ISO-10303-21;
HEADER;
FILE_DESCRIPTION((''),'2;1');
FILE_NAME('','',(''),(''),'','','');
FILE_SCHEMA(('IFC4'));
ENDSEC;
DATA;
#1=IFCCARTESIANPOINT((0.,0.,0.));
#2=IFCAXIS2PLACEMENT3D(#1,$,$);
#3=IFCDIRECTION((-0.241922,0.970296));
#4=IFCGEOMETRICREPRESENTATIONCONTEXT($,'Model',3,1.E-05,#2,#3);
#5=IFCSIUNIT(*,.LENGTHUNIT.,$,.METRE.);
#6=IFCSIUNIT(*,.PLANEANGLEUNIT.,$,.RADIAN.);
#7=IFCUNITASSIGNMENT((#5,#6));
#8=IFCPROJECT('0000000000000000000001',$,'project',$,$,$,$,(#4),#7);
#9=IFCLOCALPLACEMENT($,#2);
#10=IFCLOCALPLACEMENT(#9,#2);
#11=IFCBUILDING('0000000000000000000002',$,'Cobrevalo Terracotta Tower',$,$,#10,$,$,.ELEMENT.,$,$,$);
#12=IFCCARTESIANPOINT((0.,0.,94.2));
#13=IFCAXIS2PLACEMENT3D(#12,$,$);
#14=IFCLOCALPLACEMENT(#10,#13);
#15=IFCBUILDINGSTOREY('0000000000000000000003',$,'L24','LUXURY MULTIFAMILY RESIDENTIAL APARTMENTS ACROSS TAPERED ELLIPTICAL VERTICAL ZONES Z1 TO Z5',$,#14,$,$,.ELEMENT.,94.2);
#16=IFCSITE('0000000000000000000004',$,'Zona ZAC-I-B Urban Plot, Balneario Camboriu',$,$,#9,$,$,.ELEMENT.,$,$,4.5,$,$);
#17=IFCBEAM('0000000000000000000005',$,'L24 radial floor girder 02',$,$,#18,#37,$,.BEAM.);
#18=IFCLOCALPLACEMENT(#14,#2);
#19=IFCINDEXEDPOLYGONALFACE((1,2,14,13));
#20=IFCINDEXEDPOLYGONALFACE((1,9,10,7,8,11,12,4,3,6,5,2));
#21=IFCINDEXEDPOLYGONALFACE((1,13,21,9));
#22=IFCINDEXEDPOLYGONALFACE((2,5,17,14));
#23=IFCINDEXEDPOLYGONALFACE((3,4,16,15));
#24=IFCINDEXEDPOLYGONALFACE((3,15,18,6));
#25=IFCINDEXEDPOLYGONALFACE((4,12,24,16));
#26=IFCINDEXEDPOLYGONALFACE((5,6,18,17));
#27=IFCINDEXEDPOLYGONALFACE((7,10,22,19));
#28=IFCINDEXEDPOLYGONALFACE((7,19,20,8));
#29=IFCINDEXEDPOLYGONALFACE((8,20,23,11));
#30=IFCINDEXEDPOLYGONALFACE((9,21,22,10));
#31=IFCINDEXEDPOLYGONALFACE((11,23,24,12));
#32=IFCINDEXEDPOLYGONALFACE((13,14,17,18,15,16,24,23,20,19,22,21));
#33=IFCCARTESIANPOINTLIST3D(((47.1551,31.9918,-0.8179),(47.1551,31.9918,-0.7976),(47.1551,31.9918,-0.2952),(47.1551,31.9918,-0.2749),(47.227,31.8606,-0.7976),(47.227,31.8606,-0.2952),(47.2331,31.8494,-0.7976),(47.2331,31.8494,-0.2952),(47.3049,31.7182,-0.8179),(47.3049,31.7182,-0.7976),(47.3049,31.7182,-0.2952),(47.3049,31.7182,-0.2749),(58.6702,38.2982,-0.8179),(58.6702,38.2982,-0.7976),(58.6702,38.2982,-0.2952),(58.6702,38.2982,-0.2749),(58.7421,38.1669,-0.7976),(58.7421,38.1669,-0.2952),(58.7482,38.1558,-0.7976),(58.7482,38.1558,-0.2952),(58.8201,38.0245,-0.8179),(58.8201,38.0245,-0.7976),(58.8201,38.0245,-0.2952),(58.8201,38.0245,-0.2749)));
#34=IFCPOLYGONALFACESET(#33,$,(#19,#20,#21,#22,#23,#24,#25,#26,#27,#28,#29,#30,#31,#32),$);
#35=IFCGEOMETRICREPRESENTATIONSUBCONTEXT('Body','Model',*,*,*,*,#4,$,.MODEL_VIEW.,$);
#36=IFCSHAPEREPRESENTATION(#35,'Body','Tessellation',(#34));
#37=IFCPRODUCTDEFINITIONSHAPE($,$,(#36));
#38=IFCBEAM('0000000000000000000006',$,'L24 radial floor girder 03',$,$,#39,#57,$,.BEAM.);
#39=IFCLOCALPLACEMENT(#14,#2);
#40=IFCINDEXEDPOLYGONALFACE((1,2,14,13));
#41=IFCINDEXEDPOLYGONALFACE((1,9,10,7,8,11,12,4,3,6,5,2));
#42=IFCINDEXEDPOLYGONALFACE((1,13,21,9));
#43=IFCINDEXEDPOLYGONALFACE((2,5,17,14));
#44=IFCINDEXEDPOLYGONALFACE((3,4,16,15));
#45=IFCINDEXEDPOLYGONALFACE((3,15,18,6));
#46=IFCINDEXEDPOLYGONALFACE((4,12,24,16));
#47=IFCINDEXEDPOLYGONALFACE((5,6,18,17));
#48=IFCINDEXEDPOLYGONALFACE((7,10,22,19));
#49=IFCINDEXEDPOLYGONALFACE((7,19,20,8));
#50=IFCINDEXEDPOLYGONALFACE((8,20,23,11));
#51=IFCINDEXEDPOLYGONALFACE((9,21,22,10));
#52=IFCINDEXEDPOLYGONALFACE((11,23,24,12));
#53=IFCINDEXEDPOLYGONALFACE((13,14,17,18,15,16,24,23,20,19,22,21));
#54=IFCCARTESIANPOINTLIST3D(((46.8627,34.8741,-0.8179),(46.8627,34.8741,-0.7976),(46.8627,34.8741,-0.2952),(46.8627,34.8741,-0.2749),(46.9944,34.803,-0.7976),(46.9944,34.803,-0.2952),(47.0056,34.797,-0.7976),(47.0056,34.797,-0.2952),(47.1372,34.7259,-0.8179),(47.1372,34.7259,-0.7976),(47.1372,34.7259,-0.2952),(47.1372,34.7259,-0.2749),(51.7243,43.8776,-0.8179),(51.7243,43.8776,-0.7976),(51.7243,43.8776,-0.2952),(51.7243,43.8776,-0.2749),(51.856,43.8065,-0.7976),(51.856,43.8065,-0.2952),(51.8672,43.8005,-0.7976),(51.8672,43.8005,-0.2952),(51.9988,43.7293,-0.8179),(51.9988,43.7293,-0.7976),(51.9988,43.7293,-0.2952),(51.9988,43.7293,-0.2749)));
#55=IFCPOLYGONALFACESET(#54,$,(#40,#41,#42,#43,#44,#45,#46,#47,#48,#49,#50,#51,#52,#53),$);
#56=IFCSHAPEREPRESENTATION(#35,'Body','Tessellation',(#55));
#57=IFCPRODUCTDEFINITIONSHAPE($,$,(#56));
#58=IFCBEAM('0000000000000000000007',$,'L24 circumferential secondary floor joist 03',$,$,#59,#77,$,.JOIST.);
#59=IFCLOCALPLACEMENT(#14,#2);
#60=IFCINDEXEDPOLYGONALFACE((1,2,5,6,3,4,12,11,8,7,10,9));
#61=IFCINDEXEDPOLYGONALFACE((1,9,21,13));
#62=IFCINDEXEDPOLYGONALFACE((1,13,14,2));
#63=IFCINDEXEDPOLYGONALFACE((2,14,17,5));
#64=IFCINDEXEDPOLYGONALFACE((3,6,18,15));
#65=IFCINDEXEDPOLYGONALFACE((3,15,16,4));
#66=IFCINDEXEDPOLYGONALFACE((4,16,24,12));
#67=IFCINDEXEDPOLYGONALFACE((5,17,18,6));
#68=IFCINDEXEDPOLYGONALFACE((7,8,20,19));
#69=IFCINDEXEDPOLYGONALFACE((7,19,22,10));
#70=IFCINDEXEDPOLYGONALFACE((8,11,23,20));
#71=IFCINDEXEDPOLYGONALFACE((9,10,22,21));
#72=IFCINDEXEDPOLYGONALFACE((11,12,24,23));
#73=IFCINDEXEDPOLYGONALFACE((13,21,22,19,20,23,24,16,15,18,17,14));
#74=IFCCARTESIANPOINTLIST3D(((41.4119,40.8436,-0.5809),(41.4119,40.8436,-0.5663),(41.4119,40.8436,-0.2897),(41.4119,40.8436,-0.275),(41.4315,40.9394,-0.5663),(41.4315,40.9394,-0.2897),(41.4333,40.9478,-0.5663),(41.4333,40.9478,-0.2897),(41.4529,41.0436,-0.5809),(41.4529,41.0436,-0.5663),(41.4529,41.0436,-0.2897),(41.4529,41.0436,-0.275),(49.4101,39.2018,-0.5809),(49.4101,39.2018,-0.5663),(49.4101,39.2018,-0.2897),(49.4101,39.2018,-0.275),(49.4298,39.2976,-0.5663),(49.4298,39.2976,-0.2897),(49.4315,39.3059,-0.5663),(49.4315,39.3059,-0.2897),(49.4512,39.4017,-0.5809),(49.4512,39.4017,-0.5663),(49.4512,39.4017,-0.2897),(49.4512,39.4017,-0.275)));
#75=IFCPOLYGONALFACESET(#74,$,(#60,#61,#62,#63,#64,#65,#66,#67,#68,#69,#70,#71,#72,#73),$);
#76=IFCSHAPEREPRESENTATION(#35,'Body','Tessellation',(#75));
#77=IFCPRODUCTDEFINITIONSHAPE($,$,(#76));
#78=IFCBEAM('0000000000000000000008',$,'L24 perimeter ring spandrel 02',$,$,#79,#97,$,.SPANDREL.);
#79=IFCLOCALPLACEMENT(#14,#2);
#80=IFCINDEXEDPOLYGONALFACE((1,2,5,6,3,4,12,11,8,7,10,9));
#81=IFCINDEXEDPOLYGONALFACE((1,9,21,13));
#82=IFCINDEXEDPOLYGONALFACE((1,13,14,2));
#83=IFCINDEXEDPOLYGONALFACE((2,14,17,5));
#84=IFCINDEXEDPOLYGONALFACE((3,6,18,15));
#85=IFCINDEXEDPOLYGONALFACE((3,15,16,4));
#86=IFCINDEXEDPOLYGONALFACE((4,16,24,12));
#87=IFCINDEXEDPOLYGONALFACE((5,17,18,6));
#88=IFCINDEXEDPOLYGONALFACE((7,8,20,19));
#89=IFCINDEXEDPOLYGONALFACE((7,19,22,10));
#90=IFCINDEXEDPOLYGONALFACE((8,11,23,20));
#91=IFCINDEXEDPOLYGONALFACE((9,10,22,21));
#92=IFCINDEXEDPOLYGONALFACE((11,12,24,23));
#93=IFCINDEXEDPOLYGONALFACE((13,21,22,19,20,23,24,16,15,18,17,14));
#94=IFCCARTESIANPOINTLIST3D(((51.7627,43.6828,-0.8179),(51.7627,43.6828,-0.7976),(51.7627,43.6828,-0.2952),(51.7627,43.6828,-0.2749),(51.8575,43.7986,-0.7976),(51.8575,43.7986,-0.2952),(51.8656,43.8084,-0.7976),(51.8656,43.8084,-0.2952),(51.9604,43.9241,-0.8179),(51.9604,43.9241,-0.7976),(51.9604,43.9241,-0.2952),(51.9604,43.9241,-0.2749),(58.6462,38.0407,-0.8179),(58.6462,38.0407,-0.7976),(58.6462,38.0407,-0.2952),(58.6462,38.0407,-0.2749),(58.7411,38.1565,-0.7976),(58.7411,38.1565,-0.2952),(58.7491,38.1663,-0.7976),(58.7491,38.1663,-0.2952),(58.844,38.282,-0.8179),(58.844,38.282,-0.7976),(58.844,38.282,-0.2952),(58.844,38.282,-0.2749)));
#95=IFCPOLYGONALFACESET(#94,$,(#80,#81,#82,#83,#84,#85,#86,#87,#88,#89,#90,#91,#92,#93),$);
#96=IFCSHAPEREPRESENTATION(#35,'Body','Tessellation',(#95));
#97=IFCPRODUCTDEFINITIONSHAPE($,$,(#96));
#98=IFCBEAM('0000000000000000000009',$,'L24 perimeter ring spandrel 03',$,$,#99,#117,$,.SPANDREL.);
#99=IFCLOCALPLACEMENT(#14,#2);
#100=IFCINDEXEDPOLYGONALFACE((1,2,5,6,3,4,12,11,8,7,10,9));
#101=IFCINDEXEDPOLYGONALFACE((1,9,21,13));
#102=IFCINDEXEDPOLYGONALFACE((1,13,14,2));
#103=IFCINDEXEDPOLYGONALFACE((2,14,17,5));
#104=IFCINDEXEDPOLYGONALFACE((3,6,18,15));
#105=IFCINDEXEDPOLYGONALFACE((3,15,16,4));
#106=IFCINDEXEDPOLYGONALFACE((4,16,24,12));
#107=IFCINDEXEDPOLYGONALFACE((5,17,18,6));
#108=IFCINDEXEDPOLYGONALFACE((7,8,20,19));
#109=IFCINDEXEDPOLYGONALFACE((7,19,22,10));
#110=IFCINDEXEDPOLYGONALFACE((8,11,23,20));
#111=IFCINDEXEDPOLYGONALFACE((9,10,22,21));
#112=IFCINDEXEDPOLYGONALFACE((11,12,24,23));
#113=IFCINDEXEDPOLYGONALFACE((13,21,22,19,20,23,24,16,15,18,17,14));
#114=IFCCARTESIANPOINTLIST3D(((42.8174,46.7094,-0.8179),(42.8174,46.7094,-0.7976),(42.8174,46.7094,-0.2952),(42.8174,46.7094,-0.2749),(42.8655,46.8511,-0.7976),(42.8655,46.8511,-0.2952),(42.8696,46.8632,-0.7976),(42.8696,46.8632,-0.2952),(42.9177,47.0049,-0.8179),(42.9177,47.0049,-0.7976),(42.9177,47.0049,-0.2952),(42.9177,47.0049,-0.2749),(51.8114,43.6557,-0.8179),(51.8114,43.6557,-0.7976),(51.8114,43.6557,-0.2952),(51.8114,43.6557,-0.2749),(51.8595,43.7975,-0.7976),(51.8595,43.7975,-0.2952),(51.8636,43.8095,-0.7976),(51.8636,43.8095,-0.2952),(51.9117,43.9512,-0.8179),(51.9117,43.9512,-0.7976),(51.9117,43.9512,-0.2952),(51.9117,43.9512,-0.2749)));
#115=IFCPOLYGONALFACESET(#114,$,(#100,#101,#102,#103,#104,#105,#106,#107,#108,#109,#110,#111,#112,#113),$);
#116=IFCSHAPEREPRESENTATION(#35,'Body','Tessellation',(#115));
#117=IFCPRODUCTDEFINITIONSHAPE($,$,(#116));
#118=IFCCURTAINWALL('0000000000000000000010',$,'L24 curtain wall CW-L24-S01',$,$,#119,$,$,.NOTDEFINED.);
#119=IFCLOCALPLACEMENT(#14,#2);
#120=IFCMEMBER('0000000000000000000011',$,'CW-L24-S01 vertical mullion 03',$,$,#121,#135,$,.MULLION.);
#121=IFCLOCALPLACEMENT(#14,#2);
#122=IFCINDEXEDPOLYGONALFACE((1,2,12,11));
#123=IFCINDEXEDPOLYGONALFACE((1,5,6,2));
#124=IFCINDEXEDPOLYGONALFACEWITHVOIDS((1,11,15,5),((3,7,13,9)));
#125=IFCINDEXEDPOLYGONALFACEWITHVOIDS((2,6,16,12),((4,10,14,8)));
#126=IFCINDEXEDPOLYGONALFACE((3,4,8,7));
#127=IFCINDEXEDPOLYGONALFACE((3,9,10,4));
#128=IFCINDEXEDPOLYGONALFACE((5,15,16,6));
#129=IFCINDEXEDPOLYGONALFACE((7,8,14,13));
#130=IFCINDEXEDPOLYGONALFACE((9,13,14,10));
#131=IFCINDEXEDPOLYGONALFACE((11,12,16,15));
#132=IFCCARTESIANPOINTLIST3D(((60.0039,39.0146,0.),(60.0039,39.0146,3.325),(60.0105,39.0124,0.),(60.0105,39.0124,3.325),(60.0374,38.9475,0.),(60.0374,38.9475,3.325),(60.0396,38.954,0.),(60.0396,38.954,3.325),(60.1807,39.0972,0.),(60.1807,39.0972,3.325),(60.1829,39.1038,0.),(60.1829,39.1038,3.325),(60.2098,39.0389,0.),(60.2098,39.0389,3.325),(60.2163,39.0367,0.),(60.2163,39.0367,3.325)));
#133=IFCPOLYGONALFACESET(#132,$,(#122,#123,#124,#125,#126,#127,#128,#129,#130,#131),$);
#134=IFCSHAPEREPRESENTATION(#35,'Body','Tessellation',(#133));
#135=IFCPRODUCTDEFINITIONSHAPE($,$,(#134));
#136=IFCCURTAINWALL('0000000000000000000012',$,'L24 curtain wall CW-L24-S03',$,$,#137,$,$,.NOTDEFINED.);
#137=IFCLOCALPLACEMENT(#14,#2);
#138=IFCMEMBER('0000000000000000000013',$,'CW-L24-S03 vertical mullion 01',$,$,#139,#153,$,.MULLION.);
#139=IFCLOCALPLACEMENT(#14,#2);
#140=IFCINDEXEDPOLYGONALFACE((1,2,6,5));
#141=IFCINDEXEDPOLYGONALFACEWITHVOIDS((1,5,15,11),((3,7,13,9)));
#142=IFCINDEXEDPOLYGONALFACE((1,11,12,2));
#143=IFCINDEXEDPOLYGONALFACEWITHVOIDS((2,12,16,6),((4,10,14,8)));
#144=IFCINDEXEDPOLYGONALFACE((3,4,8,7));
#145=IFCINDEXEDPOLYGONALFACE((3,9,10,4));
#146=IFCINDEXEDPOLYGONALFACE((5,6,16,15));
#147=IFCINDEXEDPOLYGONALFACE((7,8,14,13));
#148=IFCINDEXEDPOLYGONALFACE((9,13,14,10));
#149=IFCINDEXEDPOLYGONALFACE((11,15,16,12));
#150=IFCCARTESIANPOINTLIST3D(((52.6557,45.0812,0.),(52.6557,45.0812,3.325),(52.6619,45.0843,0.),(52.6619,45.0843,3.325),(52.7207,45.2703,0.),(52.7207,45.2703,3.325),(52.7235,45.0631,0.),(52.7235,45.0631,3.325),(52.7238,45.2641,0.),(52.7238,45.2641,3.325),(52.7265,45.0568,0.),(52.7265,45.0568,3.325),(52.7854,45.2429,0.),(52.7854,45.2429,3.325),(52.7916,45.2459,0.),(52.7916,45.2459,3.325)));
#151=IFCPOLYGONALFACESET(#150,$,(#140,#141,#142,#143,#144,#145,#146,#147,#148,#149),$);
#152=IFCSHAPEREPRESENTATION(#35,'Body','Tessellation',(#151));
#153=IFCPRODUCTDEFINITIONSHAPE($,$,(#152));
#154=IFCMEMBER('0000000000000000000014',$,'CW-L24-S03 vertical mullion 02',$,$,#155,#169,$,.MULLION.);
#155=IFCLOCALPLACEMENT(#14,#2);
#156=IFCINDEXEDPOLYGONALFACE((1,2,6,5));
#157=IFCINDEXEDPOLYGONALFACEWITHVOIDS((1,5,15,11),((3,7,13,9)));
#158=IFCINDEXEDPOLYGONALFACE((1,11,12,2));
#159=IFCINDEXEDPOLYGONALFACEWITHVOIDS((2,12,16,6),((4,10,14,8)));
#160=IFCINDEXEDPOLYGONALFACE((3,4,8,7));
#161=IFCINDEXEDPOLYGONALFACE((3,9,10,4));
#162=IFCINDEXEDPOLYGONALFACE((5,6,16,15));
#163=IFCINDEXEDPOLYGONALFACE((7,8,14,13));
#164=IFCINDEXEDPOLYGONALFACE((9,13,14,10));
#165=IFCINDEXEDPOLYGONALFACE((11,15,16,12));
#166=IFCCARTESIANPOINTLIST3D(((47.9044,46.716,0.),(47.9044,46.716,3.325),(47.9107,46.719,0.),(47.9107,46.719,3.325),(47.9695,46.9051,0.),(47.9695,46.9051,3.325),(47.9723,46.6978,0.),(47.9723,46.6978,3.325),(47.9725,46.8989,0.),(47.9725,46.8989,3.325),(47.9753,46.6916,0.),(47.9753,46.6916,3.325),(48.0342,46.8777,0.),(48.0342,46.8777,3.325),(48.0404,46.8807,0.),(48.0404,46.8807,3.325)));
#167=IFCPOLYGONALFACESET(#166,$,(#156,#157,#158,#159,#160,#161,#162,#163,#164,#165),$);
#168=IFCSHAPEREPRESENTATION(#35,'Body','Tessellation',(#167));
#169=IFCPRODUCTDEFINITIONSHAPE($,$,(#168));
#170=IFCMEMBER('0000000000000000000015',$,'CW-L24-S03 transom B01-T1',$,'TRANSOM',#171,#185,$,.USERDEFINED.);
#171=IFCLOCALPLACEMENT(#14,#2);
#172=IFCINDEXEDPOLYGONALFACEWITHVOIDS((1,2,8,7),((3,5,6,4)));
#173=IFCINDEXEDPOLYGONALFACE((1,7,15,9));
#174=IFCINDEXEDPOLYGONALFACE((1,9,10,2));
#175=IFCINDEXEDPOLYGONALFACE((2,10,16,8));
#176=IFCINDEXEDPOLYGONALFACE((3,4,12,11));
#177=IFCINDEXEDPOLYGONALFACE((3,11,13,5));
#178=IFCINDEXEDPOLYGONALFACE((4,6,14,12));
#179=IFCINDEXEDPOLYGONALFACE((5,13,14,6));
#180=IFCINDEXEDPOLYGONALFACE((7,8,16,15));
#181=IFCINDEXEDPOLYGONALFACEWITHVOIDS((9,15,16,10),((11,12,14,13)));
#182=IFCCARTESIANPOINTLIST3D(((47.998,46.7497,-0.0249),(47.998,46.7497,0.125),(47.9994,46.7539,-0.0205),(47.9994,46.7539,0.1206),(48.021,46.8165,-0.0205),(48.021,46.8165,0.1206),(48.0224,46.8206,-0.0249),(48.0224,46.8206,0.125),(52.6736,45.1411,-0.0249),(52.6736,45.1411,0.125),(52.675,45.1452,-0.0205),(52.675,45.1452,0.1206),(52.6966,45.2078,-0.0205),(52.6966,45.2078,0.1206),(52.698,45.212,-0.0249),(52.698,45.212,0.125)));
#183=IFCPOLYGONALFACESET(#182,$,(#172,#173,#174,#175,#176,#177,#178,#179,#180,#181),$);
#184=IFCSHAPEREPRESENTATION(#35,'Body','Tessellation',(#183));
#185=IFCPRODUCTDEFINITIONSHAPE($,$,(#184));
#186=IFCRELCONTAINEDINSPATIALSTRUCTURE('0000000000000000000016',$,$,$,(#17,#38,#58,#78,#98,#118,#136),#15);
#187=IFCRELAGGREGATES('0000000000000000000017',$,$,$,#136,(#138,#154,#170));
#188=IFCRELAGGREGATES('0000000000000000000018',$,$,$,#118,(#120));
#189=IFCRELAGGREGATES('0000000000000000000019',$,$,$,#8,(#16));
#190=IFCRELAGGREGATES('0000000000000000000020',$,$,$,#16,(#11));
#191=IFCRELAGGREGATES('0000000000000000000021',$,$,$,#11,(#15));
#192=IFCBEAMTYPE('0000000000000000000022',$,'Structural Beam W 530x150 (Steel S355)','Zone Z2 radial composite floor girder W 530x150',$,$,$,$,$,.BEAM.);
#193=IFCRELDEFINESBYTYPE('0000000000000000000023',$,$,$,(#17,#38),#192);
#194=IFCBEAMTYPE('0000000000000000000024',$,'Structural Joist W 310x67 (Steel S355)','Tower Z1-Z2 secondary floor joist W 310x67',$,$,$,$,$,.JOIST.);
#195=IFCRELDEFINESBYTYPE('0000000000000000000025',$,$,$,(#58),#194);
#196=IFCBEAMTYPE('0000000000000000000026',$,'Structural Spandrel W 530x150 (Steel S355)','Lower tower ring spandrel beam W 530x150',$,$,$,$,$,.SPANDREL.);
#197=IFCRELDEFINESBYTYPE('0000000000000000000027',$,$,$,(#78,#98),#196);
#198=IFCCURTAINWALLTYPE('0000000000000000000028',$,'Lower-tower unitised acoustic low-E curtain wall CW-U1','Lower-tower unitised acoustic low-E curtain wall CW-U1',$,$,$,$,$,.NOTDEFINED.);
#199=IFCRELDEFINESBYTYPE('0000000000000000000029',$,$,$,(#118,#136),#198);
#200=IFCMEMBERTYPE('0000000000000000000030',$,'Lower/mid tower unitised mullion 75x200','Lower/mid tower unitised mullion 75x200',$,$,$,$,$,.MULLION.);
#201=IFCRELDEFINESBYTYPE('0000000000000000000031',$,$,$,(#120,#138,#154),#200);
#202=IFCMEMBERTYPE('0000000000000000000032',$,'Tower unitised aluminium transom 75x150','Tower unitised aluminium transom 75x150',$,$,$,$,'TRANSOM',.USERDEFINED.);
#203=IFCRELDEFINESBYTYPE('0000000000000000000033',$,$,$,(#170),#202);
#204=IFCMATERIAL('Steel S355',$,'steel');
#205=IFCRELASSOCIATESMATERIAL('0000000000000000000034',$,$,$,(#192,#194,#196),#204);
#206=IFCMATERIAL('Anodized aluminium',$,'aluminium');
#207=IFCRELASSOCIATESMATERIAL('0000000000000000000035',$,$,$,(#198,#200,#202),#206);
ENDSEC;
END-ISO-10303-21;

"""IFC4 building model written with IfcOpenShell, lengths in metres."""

from ifc_helpers import new_model, si_unit, direction, frame, origin, origin_2d, place, context, subcontext, project, spatial, hollow_rectangle, i_section, extrude, source, transform, mapped, material, material_profile, profile_set, type_object, element, aggregate, save


model = new_model("IFC4")

# Units and contexts
model_context = context("Model", 3, precision=1e-05, world=origin(), true_north=direction((-0.241922, 0.970296)))
body_context = subcontext(model_context, "Body", "Model", "MODEL_VIEW")
ifc_project = project(units=[si_unit("LENGTHUNIT", "METRE"), si_unit("PLANEANGLEUNIT", "RADIAN")], contexts=[model_context])

# Site, building, storey
site_placement = place(None, origin())
site = spatial("IfcSite", under=ifc_project, at=site_placement, Name="Zona ZAC-I-B Urban Plot, Balneario Camboriu", CompositionType="ELEMENT", RefElevation=4.5)
building_placement = place(site_placement, origin())
building = spatial("IfcBuilding", under=site, at=building_placement, Name="Cobrevalo Terracotta Tower", CompositionType="ELEMENT")
storey_placement = place(building_placement, frame((0.0, 0.0, 94.2)))
storey = spatial("IfcBuildingStorey", under=building, at=storey_placement, Name="L24", Description="LUXURY MULTIFAMILY RESIDENTIAL APARTMENTS ACROSS TAPERED ELLIPTICAL VERTICAL ZONES Z1 TO Z5", CompositionType="ELEMENT", Elevation=94.2)

# Shared definitions
ifc_material_1 = material(Name="Steel S355", Category="steel")

# Beams
ifc_material_profile_1 = material_profile(ifc_material_1, i_section(OverallWidth=0.312, OverallDepth=0.543, WebThickness=0.0127, FlangeThickness=0.0203, at=origin_2d()), Name="W 530x150")
ifc_profile_set_1 = profile_set([ifc_material_profile_1], Name="Steel S355")
beam_type_1 = type_object("IfcBeamType", Name="Structural Beam W 530x150 (Steel S355)", Description="Zone Z2 radial composite floor girder W 530x150", PredefinedType="BEAM", material=ifc_profile_set_1)
beam_1_placement = place(storey_placement, frame((58.7451, 38.1614, -0.5464), z_axis=(-0.877081, -0.480343, 0.0), x_axis=(0.480343, -0.877081, 0.0)))
element("IfcBeam", 1, at=beam_1_placement, inside=storey, type_object=beam_type_1, Name="L24 radial floor girder 02", PredefinedType="BEAM", context=body_context, shape_type="SweptSolid", body=[
    extrude(i_section(OverallWidth=0.312, OverallDepth=0.543, WebThickness=0.0127, FlangeThickness=0.0203, at=origin_2d()), origin(), (0.0, 0.0, 1.0), 13.1289),
])
beam_2_placement = place(storey_placement, frame((51.8616, 43.8035, -0.5464), z_axis=(-0.475128, -0.879917, 0.0), x_axis=(0.879917, -0.475128, 0.0)))
element("IfcBeam", 2, at=beam_2_placement, inside=storey, type_object=beam_type_1, Name="L24 radial floor girder 03", PredefinedType="BEAM", context=body_context, shape_type="SweptSolid", body=[
    extrude(i_section(OverallWidth=0.312, OverallDepth=0.543, WebThickness=0.0127, FlangeThickness=0.0203, at=origin_2d()), origin(), (0.0, 0.0, 1.0), 10.2322),
])
ifc_material_profile_2 = material_profile(ifc_material_1, i_section(OverallWidth=0.2041, OverallDepth=0.3059, WebThickness=0.0085, FlangeThickness=0.0146, at=origin_2d()), Name="W 310x67")
ifc_profile_set_2 = profile_set([ifc_material_profile_2], Name="Steel S355")
beam_type_2 = type_object("IfcBeamType", Name="Structural Joist W 310x67 (Steel S355)", Description="Tower Z1-Z2 secondary floor joist W 310x67", PredefinedType="JOIST", material=ifc_profile_set_2)
beam_3_placement = place(storey_placement, frame((49.4307, 39.3018, -0.428), z_axis=(-0.979574, 0.201082, 0.0), x_axis=(-0.201082, -0.979574, 0.0)))
element("IfcBeam", 3, at=beam_3_placement, inside=storey, type_object=beam_type_2, Name="L24 circumferential secondary floor joist 03", PredefinedType="JOIST", context=body_context, shape_type="SweptSolid", body=[
    extrude(i_section(OverallWidth=0.2041, OverallDepth=0.3059, WebThickness=0.0085, FlangeThickness=0.0146, at=origin_2d()), origin(), (0.0, 0.0, 1.0), 8.165),
])
ifc_material_profile_3 = material_profile(ifc_material_1, i_section(OverallWidth=0.312, OverallDepth=0.543, WebThickness=0.0127, FlangeThickness=0.0203, at=origin_2d()), Name="W 530x150")
ifc_profile_set_3 = profile_set([ifc_material_profile_3], Name="Steel S355")
beam_type_3 = type_object("IfcBeamType", Name="Structural Spandrel W 530x150 (Steel S355)", Description="Lower tower ring spandrel beam W 530x150", PredefinedType="SPANDREL", material=ifc_profile_set_3)
beam_4_placement = place(storey_placement, frame((58.7451, 38.1614, -0.5464), z_axis=(-0.773401, 0.633917, 0.0), x_axis=(-0.633917, -0.773401, 0.0)))
element("IfcBeam", 4, at=beam_4_placement, inside=storey, type_object=beam_type_3, Name="L24 perimeter ring spandrel 02", PredefinedType="SPANDREL", context=body_context, shape_type="SweptSolid", body=[
    extrude(i_section(OverallWidth=0.312, OverallDepth=0.543, WebThickness=0.0127, FlangeThickness=0.0203, at=origin_2d()), origin(), (0.0, 0.0, 1.0), 8.9004),
])
beam_5_placement = place(storey_placement, frame((51.8616, 43.8035, -0.5464), z_axis=(-0.946911, 0.321497, 0.0), x_axis=(-0.321497, -0.946911, 0.0)))
element("IfcBeam", 5, at=beam_5_placement, inside=storey, type_object=beam_type_3, Name="L24 perimeter ring spandrel 03", PredefinedType="SPANDREL", context=body_context, shape_type="SweptSolid", body=[
    extrude(i_section(OverallWidth=0.312, OverallDepth=0.543, WebThickness=0.0127, FlangeThickness=0.0203, at=origin_2d()), origin(), (0.0, 0.0, 1.0), 9.4983),
])

# Curtain wall, member
ifc_material_2 = material(Name="Anodized aluminium", Category="aluminium")
curtain_wall_type = type_object("IfcCurtainWallType", Name="Lower-tower unitised acoustic low-E curtain wall CW-U1", Description="Lower-tower unitised acoustic low-E curtain wall CW-U1", PredefinedType="NOTDEFINED", material=ifc_material_2)
curtain_wall_1_placement = place(storey_placement, origin())
curtain_wall_1 = element("IfcCurtainWall", 6, at=curtain_wall_1_placement, inside=storey, type_object=curtain_wall_type, Name="L24 curtain wall CW-L24-S01", PredefinedType="NOTDEFINED")
ifc_material_profile_4 = material_profile(ifc_material_2, hollow_rectangle(XDim=0.075, YDim=0.2, WallThickness=0.0049, at=origin_2d()), Name="CWM 75x200")
ifc_profile_set_4 = profile_set([ifc_material_profile_4], Name="Anodized aluminium")
member_type_1 = type_object("IfcMemberType", Name="Lower/mid tower unitised mullion 75x200", Description="Lower/mid tower unitised mullion 75x200", PredefinedType="MULLION", material=ifc_profile_set_4)
shared_shape_1 = source(origin(), body_context, "Body", "SweptSolid", [
    extrude(hollow_rectangle(XDim=0.075, YDim=0.2, WallThickness=0.0049, at=origin_2d()), origin(), (0.0, 0.0, 1.0), 3.325),
])
member_1_placement = place(storey_placement, frame((60.1101, 39.0256, 0.0), z_axis=(0.0, 0.0, 1.0), x_axis=(-0.44626, 0.894903, 0.0)))
member_1 = element("IfcMember", 7, at=member_1_placement, type_object=member_type_1, Name="CW-L24-S01 vertical mullion 03", PredefinedType="MULLION", context=body_context, shape_type="MappedRepresentation", body=[
    mapped(shared_shape_1, transform((0.0, 0.0, 0.0), scale=1.0)),
])

# Curtain wall, members
curtain_wall_2_placement = place(storey_placement, origin())
curtain_wall_2 = element("IfcCurtainWall", 8, at=curtain_wall_2_placement, inside=storey, type_object=curtain_wall_type, Name="L24 curtain wall CW-L24-S03", PredefinedType="NOTDEFINED")
member_2_placement = place(storey_placement, frame((52.7236, 45.1636, 0.0), z_axis=(0.0, 0.0, 1.0), x_axis=(-0.945598, 0.325337, 0.0)))
member_2 = element("IfcMember", 9, at=member_2_placement, type_object=member_type_1, Name="CW-L24-S03 vertical mullion 01", PredefinedType="MULLION", context=body_context, shape_type="MappedRepresentation", body=[
    mapped(shared_shape_1, transform((0.0, 0.0, 0.0), scale=1.0)),
])
member_3_placement = place(storey_placement, frame((47.9724, 46.7983, 0.0), z_axis=(0.0, 0.0, 1.0), x_axis=(-0.945598, 0.325337, 0.0)))
member_3 = element("IfcMember", 10, at=member_3_placement, type_object=member_type_1, Name="CW-L24-S03 vertical mullion 02", PredefinedType="MULLION", context=body_context, shape_type="MappedRepresentation", body=[
    mapped(shared_shape_1, transform((0.0, 0.0, 0.0), scale=1.0)),
])
ifc_material_profile_5 = material_profile(ifc_material_2, hollow_rectangle(XDim=0.075, YDim=0.1499, WallThickness=0.0044, at=origin_2d()), Name="CWT 75x150")
ifc_profile_set_5 = profile_set([ifc_material_profile_5], Name="Anodized aluminium")
member_type_2 = type_object("IfcMemberType", Name="Tower unitised aluminium transom 75x150", Description="Tower unitised aluminium transom 75x150", ElementType="TRANSOM", PredefinedType="USERDEFINED", material=ifc_profile_set_5)
shared_shape_2 = source(origin(), body_context, "Body", "SweptSolid", [
    extrude(hollow_rectangle(XDim=0.075, YDim=0.1499, WallThickness=0.0044, at=origin_2d()), origin(), (0.0, 0.0, 1.0), 4.9446),
])
member_4_placement = place(storey_placement, frame((52.6858, 45.1765, 0.05), z_axis=(-0.945598, 0.325338, 0.0), x_axis=(-0.325338, -0.945598, 0.0)))
member_4 = element("IfcMember", 11, at=member_4_placement, type_object=member_type_2, Name="CW-L24-S03 transom B01-T1", ObjectType="TRANSOM", PredefinedType="USERDEFINED", context=body_context, shape_type="MappedRepresentation", body=[
    mapped(shared_shape_2, transform((0.0, 0.0, 0.0), scale=1.0)),
])

aggregate(curtain_wall_2, [member_2, member_3, member_4])
aggregate(curtain_wall_1, [member_1])

save(model, "model.ifc")
